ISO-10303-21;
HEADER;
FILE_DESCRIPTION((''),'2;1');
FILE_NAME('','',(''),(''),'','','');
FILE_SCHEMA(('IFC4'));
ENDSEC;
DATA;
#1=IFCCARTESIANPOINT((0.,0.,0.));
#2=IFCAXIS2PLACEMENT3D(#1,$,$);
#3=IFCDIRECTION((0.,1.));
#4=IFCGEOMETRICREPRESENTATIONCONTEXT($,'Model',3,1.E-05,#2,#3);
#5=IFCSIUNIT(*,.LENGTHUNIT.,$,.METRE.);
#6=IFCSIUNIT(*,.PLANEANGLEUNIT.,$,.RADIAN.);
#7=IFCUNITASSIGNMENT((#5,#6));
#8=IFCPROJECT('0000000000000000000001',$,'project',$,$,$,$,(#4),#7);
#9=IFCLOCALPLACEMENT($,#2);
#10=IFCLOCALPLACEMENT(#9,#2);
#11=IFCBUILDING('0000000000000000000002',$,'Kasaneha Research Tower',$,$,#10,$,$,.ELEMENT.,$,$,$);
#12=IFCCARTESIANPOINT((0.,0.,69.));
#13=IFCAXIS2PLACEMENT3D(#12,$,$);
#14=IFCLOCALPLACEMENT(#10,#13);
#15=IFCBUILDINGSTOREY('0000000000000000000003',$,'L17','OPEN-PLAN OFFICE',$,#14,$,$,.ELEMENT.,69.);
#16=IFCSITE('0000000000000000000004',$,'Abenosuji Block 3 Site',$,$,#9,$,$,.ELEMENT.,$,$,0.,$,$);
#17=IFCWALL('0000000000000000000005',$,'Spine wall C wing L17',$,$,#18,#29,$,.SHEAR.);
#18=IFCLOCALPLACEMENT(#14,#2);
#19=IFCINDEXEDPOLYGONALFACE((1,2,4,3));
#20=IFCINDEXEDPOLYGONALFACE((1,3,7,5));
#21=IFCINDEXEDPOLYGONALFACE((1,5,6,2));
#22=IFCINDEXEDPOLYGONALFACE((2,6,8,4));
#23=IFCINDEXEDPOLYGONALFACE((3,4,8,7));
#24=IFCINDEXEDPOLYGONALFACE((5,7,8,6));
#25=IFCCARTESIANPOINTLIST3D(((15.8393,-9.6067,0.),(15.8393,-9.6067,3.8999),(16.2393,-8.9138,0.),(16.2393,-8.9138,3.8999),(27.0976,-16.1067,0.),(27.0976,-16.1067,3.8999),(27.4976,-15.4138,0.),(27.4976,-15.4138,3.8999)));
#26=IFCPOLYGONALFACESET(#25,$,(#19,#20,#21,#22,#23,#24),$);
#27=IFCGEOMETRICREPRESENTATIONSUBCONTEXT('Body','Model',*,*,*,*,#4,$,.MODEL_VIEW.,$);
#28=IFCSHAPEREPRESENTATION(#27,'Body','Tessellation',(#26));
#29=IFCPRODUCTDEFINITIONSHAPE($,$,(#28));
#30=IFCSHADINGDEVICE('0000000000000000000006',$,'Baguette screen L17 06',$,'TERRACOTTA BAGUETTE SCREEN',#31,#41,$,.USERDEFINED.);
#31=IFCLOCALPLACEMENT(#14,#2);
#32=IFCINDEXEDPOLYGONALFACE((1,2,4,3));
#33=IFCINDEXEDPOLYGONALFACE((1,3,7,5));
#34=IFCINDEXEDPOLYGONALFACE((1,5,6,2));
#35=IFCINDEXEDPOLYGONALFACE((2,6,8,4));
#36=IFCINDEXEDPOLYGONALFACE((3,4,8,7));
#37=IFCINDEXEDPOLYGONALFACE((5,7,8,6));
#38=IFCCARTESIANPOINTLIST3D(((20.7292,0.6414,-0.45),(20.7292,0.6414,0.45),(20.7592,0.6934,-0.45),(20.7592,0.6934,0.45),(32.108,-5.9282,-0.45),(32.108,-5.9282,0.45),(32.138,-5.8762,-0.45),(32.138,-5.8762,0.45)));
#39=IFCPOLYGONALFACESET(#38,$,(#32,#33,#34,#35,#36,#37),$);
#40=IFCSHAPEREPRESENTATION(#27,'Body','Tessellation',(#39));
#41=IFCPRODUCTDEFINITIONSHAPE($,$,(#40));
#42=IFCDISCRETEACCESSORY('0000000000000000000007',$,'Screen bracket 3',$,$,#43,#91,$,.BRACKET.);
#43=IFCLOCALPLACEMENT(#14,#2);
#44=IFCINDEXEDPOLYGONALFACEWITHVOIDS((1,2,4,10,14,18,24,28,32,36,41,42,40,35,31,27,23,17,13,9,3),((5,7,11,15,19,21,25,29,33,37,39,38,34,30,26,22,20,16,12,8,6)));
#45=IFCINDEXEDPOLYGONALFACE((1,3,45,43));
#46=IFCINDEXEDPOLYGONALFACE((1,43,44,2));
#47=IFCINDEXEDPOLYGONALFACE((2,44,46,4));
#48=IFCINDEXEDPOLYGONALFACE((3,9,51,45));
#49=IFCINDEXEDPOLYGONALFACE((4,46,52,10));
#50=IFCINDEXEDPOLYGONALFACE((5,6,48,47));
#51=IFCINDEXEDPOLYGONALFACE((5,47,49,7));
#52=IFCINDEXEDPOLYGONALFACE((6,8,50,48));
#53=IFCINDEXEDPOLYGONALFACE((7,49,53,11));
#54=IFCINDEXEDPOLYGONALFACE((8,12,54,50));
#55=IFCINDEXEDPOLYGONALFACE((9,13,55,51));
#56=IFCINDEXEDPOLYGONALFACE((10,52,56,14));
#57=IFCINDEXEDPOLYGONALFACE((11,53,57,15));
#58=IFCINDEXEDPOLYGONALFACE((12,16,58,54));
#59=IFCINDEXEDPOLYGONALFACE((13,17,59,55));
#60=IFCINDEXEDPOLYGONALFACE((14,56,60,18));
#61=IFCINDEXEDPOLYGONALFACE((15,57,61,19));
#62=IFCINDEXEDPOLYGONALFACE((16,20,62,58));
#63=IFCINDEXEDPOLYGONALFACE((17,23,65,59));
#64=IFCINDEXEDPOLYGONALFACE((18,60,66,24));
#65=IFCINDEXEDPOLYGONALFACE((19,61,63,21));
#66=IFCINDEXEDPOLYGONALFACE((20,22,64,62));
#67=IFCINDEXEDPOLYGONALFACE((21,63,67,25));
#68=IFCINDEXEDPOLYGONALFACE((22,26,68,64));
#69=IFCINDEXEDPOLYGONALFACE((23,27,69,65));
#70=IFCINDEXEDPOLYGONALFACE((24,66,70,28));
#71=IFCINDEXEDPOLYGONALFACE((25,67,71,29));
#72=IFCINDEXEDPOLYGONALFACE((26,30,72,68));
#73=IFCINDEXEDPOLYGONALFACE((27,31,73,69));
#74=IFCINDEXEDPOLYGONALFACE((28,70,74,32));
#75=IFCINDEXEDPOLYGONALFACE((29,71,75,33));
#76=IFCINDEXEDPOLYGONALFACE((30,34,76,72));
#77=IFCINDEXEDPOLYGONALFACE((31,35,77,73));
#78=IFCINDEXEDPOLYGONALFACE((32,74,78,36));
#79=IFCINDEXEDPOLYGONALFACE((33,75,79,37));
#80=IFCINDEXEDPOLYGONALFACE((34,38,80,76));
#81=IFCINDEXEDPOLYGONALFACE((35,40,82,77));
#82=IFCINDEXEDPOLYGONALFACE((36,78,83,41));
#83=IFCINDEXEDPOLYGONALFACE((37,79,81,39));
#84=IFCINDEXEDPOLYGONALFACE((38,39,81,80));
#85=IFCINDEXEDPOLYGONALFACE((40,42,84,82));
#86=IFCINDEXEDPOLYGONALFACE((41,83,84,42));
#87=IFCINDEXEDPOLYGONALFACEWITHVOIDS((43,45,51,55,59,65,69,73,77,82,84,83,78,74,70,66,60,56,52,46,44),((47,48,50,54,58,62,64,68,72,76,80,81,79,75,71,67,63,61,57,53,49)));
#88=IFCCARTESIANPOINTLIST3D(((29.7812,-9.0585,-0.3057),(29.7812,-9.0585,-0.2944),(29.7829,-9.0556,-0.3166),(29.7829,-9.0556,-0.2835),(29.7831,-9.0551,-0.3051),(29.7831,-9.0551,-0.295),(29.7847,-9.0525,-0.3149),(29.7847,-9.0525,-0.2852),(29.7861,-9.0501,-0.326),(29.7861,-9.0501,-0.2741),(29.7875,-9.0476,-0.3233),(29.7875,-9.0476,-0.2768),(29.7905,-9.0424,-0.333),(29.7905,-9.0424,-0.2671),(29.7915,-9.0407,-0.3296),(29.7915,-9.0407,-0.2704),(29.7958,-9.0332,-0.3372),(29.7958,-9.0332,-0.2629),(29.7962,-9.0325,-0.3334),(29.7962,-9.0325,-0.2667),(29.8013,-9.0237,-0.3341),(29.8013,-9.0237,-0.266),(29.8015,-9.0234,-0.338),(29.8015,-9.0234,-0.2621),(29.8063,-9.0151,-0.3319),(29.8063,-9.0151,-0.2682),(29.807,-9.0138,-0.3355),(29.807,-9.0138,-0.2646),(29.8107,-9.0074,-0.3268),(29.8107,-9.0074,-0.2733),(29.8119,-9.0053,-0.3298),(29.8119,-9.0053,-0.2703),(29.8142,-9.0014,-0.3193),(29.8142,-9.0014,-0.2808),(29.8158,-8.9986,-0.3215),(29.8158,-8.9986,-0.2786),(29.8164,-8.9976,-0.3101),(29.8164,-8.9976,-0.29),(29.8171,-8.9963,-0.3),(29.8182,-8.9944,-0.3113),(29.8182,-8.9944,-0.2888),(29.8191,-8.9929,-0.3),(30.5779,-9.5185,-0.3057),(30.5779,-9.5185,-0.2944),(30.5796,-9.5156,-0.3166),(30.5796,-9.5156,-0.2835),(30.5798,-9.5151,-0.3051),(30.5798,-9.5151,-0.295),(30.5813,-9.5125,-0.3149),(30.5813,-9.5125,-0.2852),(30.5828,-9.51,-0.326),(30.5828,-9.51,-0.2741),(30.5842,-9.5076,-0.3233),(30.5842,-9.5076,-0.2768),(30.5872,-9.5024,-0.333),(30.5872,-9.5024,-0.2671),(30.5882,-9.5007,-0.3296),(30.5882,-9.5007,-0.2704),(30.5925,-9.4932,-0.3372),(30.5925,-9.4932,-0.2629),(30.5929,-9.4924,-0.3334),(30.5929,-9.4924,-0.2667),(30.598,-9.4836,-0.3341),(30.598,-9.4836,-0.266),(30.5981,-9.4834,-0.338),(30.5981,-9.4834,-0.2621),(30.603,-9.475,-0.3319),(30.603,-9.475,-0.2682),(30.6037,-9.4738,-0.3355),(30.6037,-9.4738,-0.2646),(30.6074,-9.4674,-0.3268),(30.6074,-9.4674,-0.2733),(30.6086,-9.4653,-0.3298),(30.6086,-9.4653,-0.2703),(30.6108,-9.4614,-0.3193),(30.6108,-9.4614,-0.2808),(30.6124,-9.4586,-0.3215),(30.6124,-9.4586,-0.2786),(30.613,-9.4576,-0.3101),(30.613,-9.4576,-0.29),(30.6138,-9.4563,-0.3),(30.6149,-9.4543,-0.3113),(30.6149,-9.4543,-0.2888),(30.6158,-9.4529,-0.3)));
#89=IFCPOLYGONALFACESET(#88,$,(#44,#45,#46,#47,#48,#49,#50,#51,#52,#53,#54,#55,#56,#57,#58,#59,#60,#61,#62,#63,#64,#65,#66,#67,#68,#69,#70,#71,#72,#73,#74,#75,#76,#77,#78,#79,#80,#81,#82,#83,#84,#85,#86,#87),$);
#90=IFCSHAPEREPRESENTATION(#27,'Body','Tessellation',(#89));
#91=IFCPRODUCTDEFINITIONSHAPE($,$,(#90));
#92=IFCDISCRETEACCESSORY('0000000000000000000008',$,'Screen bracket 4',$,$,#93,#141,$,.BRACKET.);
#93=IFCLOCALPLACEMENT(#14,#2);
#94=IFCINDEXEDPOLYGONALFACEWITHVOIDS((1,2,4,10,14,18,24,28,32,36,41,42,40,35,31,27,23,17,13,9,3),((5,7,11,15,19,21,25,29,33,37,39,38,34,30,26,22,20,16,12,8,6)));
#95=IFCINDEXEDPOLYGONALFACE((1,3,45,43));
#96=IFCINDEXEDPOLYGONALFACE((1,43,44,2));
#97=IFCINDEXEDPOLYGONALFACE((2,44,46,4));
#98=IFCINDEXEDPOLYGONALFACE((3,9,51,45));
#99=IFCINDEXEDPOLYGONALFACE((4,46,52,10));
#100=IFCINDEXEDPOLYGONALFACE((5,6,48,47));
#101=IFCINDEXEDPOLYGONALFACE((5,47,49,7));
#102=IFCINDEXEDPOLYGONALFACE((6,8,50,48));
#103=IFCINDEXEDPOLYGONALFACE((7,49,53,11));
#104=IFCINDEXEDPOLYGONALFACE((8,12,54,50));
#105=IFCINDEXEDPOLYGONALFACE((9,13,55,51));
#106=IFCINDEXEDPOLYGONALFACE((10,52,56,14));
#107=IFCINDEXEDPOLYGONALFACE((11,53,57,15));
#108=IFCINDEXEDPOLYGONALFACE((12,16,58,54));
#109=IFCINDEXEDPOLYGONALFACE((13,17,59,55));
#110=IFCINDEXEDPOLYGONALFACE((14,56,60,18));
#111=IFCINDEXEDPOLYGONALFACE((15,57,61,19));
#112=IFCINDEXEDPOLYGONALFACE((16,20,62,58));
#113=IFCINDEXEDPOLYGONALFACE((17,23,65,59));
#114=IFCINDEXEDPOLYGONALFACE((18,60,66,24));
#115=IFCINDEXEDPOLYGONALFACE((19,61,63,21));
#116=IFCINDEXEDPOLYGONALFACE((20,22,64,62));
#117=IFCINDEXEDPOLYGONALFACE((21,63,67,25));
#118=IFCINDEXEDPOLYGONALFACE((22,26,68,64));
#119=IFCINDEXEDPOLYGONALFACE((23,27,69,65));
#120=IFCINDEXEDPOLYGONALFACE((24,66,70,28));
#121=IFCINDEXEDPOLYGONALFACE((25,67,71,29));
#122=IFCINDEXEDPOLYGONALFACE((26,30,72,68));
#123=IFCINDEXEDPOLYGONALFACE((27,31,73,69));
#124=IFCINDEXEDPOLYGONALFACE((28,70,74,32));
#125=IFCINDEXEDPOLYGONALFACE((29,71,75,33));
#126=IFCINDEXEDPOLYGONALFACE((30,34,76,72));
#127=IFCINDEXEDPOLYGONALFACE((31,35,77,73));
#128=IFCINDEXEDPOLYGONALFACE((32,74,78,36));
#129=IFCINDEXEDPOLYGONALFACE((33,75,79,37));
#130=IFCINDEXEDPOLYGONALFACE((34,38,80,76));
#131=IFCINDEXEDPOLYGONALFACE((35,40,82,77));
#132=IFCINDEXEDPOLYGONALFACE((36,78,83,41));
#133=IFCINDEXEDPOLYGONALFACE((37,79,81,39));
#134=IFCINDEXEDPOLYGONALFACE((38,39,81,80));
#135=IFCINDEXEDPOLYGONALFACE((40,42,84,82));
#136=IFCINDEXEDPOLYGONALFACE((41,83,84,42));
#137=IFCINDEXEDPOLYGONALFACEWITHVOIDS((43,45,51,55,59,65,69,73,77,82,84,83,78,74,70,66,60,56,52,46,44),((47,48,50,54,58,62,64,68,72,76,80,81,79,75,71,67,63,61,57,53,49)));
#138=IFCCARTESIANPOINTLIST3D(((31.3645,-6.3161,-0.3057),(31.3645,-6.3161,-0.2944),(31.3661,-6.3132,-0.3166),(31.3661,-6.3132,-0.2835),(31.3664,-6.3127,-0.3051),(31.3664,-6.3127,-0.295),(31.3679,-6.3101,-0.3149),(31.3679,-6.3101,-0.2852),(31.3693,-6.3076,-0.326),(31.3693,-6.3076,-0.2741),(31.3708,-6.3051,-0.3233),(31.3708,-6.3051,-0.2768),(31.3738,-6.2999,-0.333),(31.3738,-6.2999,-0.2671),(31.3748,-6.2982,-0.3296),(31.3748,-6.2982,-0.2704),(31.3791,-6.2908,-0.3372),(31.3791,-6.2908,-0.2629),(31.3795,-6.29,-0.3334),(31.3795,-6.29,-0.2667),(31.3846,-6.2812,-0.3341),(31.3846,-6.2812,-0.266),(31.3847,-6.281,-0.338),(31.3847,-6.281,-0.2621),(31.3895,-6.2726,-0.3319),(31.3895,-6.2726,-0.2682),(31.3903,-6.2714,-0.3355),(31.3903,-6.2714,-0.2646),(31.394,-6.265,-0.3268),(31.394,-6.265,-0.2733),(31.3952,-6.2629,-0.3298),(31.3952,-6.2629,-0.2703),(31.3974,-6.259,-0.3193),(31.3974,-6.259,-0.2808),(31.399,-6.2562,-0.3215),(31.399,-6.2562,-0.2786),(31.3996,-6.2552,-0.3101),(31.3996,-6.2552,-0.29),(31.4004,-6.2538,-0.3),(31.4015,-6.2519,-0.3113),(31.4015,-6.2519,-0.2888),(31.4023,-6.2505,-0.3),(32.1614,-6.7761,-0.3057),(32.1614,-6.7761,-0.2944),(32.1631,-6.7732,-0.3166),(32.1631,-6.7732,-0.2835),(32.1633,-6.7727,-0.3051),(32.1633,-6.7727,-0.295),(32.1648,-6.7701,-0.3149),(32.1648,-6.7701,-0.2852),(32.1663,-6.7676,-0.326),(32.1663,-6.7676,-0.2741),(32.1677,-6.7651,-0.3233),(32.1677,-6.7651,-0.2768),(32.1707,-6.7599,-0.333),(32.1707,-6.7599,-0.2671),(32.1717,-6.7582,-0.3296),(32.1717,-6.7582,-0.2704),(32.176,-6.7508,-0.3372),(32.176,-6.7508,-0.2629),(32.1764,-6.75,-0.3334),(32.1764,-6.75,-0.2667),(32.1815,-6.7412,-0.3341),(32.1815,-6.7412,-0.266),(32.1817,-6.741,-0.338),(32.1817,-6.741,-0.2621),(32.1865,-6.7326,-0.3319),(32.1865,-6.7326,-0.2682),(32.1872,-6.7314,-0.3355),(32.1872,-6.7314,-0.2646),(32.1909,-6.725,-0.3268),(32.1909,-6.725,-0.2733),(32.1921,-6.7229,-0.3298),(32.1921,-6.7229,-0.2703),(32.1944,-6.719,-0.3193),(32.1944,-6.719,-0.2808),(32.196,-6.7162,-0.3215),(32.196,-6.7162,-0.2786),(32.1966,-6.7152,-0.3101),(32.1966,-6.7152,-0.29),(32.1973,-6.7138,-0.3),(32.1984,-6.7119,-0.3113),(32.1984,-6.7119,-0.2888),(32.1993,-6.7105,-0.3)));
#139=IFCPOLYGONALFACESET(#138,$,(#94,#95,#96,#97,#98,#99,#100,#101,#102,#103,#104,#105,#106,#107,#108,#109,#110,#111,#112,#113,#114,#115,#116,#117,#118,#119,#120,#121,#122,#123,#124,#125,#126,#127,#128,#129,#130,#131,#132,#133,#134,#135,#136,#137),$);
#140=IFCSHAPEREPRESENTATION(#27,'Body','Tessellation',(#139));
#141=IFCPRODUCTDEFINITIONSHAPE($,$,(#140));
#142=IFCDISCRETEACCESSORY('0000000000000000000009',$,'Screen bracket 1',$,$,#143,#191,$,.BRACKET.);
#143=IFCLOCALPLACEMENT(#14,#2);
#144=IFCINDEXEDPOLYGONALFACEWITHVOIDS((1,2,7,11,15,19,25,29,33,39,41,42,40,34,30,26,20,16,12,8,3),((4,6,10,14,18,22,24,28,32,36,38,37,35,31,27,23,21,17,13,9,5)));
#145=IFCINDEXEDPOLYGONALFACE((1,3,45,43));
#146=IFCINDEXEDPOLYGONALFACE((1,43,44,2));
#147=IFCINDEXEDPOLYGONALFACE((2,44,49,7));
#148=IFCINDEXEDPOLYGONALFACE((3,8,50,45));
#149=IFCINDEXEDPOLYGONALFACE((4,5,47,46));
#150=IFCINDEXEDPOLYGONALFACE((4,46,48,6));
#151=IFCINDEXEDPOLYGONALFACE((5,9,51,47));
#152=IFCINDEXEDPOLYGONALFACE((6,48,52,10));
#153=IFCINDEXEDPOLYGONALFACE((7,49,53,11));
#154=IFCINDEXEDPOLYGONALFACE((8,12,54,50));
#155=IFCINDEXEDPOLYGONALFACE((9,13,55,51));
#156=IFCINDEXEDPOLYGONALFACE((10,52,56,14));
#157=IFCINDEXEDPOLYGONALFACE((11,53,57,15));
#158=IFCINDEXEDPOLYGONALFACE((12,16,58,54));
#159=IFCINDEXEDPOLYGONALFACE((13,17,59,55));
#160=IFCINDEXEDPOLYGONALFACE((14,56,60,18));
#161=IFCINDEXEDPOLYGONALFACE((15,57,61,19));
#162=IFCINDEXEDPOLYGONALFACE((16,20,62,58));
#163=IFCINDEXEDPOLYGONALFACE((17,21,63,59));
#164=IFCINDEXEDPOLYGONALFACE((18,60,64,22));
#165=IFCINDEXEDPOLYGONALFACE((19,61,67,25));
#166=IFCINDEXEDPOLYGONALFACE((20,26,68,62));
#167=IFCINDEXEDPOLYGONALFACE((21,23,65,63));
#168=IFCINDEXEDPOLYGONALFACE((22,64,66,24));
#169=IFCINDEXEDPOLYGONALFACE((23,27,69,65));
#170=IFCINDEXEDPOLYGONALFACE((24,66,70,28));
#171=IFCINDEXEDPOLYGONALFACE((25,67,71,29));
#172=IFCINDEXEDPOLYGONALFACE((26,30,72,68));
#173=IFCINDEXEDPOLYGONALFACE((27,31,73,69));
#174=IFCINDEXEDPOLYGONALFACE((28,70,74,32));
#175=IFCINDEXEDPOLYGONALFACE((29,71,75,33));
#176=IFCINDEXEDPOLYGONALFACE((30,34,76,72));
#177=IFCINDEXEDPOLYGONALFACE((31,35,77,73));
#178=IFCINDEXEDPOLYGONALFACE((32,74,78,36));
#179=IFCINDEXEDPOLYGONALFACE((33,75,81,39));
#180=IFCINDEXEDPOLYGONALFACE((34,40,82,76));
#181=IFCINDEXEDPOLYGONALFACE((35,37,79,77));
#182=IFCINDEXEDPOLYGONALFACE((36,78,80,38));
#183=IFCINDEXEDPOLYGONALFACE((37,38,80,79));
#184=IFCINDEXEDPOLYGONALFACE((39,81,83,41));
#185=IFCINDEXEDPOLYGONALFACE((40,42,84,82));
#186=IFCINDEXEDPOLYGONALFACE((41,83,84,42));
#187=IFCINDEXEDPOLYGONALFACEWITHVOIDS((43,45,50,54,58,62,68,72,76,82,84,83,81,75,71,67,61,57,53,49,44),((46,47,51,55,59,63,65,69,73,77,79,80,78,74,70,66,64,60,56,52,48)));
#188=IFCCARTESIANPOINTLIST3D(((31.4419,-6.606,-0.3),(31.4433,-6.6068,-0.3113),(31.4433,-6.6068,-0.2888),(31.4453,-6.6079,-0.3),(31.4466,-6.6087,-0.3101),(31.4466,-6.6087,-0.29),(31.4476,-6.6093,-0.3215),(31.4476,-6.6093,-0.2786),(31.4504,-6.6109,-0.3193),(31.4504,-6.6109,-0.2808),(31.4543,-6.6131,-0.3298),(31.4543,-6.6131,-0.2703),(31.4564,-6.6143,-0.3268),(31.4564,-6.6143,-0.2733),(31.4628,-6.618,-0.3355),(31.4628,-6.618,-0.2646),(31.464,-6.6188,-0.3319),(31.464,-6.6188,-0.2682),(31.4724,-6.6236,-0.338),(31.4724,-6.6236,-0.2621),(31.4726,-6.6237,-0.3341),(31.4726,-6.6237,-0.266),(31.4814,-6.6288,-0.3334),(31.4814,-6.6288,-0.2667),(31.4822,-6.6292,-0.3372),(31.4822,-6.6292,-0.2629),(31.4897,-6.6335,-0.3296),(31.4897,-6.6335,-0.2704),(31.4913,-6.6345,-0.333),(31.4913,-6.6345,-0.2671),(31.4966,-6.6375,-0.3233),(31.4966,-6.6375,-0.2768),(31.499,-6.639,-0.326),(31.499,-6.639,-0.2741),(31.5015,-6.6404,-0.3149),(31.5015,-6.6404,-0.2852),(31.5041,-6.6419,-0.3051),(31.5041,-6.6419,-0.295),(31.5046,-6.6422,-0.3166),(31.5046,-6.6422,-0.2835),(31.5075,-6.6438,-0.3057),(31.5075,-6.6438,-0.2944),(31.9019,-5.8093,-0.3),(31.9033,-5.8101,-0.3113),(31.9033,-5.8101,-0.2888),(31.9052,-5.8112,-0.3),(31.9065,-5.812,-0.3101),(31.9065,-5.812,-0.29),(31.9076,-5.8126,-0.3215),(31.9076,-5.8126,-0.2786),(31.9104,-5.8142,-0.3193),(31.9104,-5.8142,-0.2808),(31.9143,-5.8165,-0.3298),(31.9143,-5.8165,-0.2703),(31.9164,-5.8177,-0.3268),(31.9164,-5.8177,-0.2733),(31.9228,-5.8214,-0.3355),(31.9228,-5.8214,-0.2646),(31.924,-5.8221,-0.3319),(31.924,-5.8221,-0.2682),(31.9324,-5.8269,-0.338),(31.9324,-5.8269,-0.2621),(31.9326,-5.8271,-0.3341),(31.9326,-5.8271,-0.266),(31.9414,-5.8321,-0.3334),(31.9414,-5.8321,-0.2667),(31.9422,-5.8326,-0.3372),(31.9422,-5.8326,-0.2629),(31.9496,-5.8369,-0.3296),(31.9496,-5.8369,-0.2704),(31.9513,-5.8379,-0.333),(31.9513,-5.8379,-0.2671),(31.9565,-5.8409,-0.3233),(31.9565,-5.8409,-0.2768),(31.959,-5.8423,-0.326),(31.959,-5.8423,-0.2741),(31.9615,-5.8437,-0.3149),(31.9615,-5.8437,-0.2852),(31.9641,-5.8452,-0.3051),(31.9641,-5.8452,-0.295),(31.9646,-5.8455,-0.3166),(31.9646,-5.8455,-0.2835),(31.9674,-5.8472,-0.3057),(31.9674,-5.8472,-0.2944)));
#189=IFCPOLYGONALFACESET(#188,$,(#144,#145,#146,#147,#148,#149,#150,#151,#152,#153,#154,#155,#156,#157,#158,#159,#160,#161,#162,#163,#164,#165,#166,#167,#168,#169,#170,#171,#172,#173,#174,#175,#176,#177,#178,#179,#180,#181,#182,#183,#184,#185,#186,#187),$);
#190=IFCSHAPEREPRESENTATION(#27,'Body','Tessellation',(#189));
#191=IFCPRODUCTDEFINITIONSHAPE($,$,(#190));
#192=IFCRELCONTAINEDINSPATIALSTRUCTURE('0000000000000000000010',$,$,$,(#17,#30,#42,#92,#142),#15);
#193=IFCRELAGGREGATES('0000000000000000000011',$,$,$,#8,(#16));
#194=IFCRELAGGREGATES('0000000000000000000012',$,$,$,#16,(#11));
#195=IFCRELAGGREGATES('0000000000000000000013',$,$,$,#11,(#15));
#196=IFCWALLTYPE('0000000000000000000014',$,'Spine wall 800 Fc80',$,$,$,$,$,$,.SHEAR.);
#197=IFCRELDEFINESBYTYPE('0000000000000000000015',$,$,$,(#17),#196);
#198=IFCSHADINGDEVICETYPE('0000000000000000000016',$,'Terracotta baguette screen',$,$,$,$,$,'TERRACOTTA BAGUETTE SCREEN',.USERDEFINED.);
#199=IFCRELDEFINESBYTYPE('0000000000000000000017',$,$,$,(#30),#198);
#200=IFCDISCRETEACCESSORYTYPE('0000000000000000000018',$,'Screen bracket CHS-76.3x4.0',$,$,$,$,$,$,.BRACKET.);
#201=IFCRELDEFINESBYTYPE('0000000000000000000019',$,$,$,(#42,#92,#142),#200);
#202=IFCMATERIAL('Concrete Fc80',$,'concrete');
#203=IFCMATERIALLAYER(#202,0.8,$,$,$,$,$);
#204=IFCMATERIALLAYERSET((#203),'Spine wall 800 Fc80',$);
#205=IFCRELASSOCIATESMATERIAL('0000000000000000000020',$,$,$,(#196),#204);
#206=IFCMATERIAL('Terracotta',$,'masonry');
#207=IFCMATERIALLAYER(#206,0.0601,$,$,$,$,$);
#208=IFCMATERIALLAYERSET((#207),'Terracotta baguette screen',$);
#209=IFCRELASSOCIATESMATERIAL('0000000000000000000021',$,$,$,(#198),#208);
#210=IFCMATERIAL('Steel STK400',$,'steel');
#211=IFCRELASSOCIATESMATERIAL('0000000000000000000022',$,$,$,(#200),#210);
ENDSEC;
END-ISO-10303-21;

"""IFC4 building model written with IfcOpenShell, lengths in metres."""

from ifc_helpers import new_model, si_unit, direction, frame, frame_2d, origin, origin_2d, place, context, subcontext, project, spatial, rectangle, hollow_circle, extrude, material, layer, layer_set, material_profile, profile_set, type_object, element, save


model = new_model("IFC4")

# Units and contexts
model_context = context("Model", 3, precision=1e-05, world=origin(), true_north=direction((0.0, 1.0)))
body_context = subcontext(model_context, "Body", "Model", "MODEL_VIEW")
ifc_project = project(units=[si_unit("LENGTHUNIT", "METRE"), si_unit("PLANEANGLEUNIT", "RADIAN")], contexts=[model_context])

# Site, building, storey
site_placement = place(None, origin())
site = spatial("IfcSite", under=ifc_project, at=site_placement, Name="Abenosuji Block 3 Site", CompositionType="ELEMENT", RefElevation=0.0)
building_placement = place(site_placement, origin())
building = spatial("IfcBuilding", under=site, at=building_placement, Name="Kasaneha Research Tower", CompositionType="ELEMENT")
storey_placement = place(building_placement, frame((0.0, 0.0, 69.0)))
storey = spatial("IfcBuildingStorey", under=building, at=storey_placement, Name="L17", Description="OPEN-PLAN OFFICE", CompositionType="ELEMENT", Elevation=69.0)

# Wall
ifc_material_1 = material(Name="Concrete Fc80", Category="concrete")
ifc_layer_1 = layer(ifc_material_1, 0.8)
ifc_layer_set_1 = layer_set([ifc_layer_1], Name="Spine wall 800 Fc80")
wall_type_1 = type_object("IfcWallType", Name="Spine wall 800 Fc80", PredefinedType="SHEAR", material=ifc_layer_set_1)
wall_1_placement = place(storey_placement, frame((16.0393, -9.2603, 0.0), z_axis=(0.0, 0.0, 1.0), x_axis=(0.866025, -0.500001, 0.0)))
element("IfcWall", 1, at=wall_1_placement, inside=storey, type_object=wall_type_1, Name="Spine wall C wing L17", PredefinedType="SHEAR", context=body_context, shape_type="SweptSolid", body=[
    extrude(rectangle(XDim=13.0, YDim=0.8, at=frame_2d((6.5, 0.0))), origin(), (0.0, 0.0, 1.0), 3.8999),
])

# Shading device
ifc_material_2 = material(Name="Terracotta", Category="masonry")
ifc_layer_2 = layer(ifc_material_2, 0.0601)
ifc_layer_set_2 = layer_set([ifc_layer_2], Name="Terracotta baguette screen")
shading_device_type = type_object("IfcShadingDeviceType", Name="Terracotta baguette screen", ElementType="TERRACOTTA BAGUETTE SCREEN", PredefinedType="USERDEFINED", material=ifc_layer_set_2)
shading_device_placement = place(storey_placement, frame((26.4336, -2.6174, -0.45), z_axis=(0.0, 0.0, 1.0), x_axis=(-0.866025, 0.5, 0.0)))
element("IfcShadingDevice", 2, at=shading_device_placement, inside=storey, type_object=shading_device_type, Name="Baguette screen L17 06", ObjectType="TERRACOTTA BAGUETTE SCREEN", PredefinedType="USERDEFINED", context=body_context, shape_type="SweptSolid", body=[
    extrude(rectangle(XDim=13.1392, YDim=0.0601, at=origin_2d()), origin(), (0.0, 0.0, 1.0), 0.8999),
])

# Discrete accessories
ifc_material_3 = material(Name="Steel STK400", Category="steel")
ifc_material_profile_1 = material_profile(ifc_material_3, hollow_circle(Radius=0.0381, WallThickness=0.0039, at=origin_2d()), Name="CHS-76.3x4.0")
ifc_profile_set_1 = profile_set([ifc_material_profile_1], Name="Steel STK400")
discrete_accessory_type = type_object("IfcDiscreteAccessoryType", Name="Screen bracket CHS-76.3x4.0", PredefinedType="BRACKET", material=ifc_profile_set_1)
discrete_accessory_1_placement = place(storey_placement, frame((29.8, -9.0259, -0.3), z_axis=(0.866013, -0.500021, 0.0), x_axis=(0.500021, 0.866013, 0.0)))
element("IfcDiscreteAccessory", 3, at=discrete_accessory_1_placement, inside=storey, type_object=discrete_accessory_type, Name="Screen bracket 3", PredefinedType="BRACKET", context=body_context, shape_type="SweptSolid", body=[
    extrude(hollow_circle(Radius=0.0381, WallThickness=0.0039, at=origin_2d()), origin(), (0.0, 0.0, 1.0), 0.9199),
])
discrete_accessory_2_placement = place(storey_placement, frame((31.3833, -6.2834, -0.3), z_axis=(0.86608, -0.499906, 0.0), x_axis=(0.499906, 0.86608, 0.0)))
element("IfcDiscreteAccessory", 4, at=discrete_accessory_2_placement, inside=storey, type_object=discrete_accessory_type, Name="Screen bracket 4", PredefinedType="BRACKET", context=body_context, shape_type="SweptSolid", body=[
    extrude(hollow_circle(Radius=0.0381, WallThickness=0.0039, at=origin_2d()), origin(), (0.0, 0.0, 1.0), 0.9202),
])
discrete_accessory_3_placement = place(storey_placement, frame((31.4749, -6.625, -0.3), z_axis=(0.500021, 0.866013, 0.0), x_axis=(-0.866013, 0.500021, 0.0)))
element("IfcDiscreteAccessory", 5, at=discrete_accessory_3_placement, inside=storey, type_object=discrete_accessory_type, Name="Screen bracket 1", PredefinedType="BRACKET", context=body_context, shape_type="SweptSolid", body=[
    extrude(hollow_circle(Radius=0.0381, WallThickness=0.0039, at=origin_2d()), origin(), (0.0, 0.0, 1.0), 0.9199),
])

save(model, "model.ifc")
